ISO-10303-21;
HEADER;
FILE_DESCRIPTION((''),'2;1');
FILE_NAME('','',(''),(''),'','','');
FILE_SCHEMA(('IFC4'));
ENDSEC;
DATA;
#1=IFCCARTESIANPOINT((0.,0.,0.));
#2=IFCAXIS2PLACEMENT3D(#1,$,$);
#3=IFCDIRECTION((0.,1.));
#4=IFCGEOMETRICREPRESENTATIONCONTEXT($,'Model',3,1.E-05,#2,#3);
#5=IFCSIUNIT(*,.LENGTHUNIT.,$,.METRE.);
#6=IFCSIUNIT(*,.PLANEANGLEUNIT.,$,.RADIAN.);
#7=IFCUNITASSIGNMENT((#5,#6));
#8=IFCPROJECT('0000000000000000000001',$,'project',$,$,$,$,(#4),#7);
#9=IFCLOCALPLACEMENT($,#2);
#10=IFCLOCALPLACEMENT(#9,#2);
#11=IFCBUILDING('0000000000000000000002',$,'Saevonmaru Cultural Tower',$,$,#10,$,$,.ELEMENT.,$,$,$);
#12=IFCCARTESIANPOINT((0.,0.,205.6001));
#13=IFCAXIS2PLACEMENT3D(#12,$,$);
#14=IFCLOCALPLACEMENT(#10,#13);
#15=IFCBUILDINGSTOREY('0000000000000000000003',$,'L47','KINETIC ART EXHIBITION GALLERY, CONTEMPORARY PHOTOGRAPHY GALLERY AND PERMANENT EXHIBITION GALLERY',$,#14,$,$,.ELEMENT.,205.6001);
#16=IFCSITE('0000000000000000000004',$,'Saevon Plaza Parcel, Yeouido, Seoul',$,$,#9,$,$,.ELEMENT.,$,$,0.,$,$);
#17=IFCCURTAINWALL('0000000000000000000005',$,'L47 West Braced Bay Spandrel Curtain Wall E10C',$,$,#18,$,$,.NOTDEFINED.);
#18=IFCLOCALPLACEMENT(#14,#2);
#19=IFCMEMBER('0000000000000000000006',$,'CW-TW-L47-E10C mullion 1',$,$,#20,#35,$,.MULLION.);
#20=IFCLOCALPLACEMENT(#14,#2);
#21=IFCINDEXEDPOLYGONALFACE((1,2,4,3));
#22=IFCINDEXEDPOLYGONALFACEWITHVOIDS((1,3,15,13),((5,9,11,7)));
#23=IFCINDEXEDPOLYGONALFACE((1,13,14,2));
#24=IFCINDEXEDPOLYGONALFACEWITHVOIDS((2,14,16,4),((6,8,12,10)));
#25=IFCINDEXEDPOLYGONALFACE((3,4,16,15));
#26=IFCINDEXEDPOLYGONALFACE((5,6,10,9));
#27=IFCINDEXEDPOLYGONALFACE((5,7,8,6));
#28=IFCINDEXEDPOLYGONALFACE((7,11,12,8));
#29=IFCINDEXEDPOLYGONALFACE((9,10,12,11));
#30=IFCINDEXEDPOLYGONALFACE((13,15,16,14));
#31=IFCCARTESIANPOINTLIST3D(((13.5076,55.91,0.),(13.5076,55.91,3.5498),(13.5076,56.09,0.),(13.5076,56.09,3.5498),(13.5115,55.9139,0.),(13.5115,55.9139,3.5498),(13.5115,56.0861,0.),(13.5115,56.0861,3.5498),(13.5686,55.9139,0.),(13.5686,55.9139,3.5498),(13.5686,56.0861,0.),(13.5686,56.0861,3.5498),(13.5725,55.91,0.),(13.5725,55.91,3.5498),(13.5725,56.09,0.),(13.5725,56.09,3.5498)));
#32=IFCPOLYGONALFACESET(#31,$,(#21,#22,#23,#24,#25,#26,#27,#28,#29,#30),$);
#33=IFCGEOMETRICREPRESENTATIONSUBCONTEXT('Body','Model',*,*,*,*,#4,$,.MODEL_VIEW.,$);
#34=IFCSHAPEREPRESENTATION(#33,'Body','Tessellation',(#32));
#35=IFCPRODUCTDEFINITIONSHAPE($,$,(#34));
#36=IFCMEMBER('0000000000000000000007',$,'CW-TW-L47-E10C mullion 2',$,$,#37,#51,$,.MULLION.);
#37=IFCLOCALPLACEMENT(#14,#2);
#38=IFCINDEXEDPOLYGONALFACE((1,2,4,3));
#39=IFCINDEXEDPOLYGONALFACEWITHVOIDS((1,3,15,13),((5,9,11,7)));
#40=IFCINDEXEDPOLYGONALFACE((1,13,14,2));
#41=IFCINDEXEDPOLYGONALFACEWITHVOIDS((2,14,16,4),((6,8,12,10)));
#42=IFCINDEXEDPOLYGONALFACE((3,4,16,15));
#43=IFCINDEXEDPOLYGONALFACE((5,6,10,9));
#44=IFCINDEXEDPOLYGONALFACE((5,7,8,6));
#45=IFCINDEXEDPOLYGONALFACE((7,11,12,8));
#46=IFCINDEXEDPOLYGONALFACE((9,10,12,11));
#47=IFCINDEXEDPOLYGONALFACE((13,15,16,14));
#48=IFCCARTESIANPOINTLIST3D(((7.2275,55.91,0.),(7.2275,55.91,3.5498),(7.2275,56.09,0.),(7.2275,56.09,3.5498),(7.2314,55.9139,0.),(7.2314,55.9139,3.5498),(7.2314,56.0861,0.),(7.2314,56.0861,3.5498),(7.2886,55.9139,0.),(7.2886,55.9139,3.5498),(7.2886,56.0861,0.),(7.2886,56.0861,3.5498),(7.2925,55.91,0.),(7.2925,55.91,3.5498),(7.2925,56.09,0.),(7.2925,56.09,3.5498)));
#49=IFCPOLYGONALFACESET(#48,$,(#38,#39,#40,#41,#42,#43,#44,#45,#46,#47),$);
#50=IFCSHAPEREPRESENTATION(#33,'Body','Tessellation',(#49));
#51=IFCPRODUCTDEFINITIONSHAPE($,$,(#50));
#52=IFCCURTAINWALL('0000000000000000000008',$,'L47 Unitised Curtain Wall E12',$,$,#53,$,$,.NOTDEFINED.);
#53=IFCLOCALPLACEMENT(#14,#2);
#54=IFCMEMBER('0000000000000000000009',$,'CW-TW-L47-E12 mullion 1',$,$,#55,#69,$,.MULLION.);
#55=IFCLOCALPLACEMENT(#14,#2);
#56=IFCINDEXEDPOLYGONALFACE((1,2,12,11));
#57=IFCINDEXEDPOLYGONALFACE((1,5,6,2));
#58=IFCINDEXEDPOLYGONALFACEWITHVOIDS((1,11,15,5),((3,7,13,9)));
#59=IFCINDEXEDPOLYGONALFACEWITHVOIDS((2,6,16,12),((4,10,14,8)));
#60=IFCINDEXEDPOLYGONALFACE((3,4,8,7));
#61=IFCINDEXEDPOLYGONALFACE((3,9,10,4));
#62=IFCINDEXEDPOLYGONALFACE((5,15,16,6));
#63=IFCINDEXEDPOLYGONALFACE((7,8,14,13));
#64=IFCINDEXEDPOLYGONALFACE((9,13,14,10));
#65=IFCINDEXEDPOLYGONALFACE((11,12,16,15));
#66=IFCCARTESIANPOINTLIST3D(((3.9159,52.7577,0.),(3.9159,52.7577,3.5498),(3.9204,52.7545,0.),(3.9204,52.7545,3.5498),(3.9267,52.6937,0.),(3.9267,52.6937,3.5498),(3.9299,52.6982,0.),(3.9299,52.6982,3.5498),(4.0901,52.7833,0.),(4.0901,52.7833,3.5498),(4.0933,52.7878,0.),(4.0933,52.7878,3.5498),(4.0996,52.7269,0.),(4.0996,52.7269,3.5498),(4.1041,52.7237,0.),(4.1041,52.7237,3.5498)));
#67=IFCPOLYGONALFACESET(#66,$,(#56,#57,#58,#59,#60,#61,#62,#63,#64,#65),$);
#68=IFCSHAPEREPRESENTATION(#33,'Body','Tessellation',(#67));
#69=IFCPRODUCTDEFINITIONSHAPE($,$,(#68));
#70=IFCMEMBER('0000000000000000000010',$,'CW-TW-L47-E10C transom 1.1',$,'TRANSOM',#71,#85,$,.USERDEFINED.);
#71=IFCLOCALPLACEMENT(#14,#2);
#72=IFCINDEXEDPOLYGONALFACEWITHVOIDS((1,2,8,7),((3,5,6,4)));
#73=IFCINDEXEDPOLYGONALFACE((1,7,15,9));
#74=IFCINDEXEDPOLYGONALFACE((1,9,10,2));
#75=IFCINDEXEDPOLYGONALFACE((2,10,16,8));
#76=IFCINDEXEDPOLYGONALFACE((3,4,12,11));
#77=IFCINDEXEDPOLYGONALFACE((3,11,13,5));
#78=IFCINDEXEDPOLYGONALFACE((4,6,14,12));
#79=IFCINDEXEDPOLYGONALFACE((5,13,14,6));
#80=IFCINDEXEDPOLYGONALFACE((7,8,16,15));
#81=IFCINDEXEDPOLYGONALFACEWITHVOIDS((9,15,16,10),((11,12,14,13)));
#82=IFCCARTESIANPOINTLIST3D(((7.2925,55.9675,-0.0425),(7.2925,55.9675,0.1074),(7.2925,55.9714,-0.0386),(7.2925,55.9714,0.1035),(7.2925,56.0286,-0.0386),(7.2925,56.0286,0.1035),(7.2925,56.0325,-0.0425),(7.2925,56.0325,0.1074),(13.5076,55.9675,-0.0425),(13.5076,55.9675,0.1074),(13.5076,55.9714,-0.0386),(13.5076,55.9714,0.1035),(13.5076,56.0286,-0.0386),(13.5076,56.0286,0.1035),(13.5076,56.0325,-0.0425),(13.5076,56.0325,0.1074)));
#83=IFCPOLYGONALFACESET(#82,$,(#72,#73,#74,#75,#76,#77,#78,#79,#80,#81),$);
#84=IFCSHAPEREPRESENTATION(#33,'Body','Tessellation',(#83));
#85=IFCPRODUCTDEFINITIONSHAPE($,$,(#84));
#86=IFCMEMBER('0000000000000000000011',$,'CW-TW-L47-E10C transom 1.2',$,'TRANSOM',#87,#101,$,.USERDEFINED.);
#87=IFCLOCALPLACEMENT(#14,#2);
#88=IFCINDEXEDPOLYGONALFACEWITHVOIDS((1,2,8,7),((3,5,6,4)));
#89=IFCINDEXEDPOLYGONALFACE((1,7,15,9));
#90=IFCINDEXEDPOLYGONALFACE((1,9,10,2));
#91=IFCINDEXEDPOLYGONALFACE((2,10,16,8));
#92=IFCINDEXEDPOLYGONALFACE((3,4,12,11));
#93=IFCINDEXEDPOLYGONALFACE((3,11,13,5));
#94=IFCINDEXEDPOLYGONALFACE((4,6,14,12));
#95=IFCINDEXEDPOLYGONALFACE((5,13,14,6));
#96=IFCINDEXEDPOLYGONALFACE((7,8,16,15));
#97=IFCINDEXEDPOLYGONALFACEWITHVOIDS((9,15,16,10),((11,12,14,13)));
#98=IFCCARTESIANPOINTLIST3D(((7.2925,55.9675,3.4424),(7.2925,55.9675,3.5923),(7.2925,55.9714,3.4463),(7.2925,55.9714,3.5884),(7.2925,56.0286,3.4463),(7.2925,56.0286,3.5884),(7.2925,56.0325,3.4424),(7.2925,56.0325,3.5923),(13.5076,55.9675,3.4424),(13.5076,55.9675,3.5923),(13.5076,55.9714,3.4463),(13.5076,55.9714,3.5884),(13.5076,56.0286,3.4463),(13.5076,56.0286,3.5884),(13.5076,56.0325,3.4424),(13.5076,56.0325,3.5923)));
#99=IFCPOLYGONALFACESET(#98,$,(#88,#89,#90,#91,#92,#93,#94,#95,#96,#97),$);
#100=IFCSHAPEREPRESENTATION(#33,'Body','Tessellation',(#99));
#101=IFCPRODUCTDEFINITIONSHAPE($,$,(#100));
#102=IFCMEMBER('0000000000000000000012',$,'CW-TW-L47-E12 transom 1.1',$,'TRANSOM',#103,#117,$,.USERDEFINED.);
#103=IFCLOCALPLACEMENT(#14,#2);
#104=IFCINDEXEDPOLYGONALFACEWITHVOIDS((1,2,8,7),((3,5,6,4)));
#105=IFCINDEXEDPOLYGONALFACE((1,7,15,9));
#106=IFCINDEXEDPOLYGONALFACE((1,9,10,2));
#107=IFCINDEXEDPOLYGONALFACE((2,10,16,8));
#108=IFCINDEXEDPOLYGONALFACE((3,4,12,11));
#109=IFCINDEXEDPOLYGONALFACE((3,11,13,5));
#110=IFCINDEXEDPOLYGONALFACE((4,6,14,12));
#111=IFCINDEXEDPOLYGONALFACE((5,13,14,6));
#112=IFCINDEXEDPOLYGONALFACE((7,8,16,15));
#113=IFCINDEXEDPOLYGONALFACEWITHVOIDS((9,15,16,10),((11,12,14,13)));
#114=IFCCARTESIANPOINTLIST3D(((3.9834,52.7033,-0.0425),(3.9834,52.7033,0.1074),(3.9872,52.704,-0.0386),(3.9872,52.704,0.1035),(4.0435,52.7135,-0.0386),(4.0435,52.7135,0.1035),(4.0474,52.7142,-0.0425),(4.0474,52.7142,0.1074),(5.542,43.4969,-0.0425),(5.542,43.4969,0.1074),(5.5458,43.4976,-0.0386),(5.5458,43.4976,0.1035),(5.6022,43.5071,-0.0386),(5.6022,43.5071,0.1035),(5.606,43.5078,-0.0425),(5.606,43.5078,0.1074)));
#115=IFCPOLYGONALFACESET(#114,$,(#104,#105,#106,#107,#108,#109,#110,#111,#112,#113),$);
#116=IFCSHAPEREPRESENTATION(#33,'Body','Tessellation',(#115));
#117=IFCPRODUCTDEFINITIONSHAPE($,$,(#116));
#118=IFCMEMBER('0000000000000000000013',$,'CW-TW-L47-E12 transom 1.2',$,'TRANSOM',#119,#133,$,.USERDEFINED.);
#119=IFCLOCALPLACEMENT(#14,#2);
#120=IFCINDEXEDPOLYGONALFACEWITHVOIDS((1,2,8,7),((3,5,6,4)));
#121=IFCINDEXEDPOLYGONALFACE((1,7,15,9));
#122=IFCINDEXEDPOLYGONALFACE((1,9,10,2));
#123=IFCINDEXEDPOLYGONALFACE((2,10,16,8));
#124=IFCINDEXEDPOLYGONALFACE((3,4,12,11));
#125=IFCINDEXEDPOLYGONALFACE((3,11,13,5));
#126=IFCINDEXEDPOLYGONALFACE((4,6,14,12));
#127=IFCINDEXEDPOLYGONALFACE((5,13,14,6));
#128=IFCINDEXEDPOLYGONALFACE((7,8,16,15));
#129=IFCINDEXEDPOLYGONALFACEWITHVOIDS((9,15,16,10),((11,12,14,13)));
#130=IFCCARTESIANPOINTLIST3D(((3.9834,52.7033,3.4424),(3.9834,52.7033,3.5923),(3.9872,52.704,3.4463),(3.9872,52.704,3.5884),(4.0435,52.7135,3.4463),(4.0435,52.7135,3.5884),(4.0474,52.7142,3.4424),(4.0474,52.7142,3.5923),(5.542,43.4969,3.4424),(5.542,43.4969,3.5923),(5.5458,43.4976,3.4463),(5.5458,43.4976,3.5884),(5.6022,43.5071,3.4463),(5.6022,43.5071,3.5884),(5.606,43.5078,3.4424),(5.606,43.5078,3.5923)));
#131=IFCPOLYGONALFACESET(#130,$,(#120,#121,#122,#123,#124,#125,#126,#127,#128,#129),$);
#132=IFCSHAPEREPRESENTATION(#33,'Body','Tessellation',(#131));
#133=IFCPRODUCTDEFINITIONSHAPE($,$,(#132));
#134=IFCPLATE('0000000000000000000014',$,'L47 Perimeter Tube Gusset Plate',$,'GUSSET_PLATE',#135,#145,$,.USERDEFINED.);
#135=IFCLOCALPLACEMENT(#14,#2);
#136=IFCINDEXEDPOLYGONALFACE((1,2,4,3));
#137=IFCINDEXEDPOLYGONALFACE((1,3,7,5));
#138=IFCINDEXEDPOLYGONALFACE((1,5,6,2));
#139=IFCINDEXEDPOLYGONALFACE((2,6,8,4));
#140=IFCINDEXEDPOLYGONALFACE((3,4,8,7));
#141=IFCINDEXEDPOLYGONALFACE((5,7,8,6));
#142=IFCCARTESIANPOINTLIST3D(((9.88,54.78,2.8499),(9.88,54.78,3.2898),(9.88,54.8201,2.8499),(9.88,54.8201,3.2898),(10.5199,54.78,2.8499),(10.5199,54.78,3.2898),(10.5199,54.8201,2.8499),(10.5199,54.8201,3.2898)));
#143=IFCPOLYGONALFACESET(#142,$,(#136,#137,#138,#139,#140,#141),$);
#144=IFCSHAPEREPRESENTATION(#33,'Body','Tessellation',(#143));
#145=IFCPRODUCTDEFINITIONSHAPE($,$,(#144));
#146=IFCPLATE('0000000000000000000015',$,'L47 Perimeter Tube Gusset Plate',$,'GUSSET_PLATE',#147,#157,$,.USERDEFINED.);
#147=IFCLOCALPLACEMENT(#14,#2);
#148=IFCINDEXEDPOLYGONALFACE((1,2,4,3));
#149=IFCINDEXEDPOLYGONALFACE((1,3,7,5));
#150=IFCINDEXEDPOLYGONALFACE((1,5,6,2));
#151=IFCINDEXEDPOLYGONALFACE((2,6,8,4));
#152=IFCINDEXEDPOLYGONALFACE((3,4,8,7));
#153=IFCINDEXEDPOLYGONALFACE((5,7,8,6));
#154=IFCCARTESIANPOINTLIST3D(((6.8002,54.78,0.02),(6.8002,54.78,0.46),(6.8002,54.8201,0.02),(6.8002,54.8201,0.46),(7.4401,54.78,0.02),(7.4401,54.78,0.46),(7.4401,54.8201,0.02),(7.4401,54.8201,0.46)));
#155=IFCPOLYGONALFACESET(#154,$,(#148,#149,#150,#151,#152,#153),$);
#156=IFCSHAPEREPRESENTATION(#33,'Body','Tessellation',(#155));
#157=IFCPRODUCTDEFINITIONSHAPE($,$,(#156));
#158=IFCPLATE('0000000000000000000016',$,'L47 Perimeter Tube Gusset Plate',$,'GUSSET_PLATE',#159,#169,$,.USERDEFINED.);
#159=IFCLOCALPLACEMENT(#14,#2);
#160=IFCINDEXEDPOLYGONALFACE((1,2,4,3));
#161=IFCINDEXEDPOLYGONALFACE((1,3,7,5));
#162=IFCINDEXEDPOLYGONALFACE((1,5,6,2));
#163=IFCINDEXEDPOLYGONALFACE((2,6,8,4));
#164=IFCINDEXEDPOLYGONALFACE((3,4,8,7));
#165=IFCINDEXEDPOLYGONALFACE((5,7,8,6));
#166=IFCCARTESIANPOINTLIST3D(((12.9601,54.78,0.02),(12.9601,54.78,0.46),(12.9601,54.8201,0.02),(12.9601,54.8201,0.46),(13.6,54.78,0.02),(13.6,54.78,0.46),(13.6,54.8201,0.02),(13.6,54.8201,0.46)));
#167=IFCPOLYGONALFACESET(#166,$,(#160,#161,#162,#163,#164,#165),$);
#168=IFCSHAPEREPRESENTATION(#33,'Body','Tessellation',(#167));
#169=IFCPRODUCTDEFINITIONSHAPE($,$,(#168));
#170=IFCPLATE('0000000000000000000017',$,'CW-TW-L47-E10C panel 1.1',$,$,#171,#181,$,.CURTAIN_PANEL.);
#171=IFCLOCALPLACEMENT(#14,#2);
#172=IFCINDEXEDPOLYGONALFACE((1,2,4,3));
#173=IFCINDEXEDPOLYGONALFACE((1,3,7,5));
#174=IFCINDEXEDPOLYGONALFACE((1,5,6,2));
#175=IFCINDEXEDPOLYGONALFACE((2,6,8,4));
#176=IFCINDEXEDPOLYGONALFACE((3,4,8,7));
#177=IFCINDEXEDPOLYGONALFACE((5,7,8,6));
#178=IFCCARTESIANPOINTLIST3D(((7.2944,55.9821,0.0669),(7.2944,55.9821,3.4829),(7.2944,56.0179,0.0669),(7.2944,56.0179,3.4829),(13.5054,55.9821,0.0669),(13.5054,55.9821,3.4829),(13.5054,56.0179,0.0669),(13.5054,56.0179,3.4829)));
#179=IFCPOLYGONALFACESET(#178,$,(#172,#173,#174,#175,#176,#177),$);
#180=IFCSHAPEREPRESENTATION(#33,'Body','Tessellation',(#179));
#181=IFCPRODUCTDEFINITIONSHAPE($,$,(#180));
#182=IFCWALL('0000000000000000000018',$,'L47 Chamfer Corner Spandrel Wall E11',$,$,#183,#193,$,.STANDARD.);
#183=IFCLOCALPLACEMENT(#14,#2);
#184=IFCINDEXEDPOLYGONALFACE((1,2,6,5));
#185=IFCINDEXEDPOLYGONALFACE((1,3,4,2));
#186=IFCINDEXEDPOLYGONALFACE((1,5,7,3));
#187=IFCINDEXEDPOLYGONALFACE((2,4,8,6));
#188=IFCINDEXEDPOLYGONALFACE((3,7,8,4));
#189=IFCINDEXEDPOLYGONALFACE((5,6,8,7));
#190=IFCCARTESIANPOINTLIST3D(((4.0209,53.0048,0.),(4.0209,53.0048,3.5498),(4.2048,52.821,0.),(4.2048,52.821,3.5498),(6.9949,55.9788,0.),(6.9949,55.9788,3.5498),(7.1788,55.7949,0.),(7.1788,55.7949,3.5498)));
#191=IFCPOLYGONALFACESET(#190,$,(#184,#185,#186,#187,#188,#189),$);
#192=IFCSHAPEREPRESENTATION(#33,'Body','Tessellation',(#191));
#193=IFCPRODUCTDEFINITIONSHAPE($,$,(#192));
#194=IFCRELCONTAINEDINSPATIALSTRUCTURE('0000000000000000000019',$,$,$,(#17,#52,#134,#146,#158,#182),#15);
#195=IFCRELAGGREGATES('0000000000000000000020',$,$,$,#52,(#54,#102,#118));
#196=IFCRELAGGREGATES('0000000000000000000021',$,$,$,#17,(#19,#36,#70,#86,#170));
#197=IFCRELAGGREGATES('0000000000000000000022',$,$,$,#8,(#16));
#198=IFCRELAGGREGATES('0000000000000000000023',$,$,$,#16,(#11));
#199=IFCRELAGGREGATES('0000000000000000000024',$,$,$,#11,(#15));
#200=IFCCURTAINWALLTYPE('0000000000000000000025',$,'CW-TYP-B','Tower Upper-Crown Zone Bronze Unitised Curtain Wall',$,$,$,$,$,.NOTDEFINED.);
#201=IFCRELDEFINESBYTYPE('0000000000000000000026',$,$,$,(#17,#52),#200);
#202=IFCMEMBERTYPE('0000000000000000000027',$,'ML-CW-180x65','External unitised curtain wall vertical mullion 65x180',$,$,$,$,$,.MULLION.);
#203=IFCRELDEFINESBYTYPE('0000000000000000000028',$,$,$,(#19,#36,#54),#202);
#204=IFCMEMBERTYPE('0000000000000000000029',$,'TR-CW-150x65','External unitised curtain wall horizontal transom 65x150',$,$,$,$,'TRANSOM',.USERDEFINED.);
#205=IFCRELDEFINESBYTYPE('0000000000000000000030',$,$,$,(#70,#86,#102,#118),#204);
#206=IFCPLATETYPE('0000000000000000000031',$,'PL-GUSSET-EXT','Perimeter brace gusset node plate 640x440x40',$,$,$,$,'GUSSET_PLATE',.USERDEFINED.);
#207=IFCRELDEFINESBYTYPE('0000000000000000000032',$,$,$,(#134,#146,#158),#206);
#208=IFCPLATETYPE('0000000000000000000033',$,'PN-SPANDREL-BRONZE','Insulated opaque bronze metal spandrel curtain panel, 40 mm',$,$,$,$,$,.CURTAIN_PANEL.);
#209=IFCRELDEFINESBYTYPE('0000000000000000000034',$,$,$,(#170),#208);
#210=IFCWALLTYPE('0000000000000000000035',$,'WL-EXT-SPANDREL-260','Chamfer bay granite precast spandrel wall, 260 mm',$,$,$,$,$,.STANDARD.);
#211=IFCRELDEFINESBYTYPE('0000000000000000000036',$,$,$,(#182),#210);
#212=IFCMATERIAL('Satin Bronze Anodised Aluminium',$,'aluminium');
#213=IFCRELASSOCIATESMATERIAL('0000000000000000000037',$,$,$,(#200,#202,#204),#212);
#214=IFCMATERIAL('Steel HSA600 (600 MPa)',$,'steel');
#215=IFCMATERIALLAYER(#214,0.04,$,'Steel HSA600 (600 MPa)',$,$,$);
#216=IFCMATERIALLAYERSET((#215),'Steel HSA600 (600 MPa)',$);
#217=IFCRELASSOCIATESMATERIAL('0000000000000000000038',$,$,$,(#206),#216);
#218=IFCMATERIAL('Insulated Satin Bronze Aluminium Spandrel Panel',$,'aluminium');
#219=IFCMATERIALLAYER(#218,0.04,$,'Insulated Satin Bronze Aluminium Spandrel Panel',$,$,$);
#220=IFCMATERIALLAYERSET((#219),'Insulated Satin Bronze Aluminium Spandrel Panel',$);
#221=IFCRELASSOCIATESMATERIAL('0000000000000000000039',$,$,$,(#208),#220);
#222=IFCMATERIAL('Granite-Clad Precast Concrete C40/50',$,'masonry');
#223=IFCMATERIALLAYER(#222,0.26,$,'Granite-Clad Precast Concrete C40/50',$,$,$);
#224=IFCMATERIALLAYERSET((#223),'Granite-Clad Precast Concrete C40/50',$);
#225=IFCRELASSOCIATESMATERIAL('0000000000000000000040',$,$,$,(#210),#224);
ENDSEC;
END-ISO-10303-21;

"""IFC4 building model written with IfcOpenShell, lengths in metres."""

from ifc_helpers import new_model, si_unit, direction, frame, frame_2d, origin, origin_2d, place, context, subcontext, project, spatial, rectangle, hollow_rectangle, extrude, material, layer, layer_set, material_profile, profile_set, type_object, element, aggregate, save


model = new_model("IFC4")

# Units and contexts
model_context = context("Model", 3, precision=1e-05, world=origin(), true_north=direction((0.0, 1.0)))
body_context = subcontext(model_context, "Body", "Model", "MODEL_VIEW")
ifc_project = project(units=[si_unit("LENGTHUNIT", "METRE"), si_unit("PLANEANGLEUNIT", "RADIAN")], contexts=[model_context])

# Site, building, storey
site_placement = place(None, origin())
site = spatial("IfcSite", under=ifc_project, at=site_placement, Name="Saevon Plaza Parcel, Yeouido, Seoul", CompositionType="ELEMENT", RefElevation=0.0)
building_placement = place(site_placement, origin())
building = spatial("IfcBuilding", under=site, at=building_placement, Name="Saevonmaru Cultural Tower", CompositionType="ELEMENT")
storey_placement = place(building_placement, frame((0.0, 0.0, 205.6001)))
storey = spatial("IfcBuildingStorey", under=building, at=storey_placement, Name="L47", Description="KINETIC ART EXHIBITION GALLERY, CONTEMPORARY PHOTOGRAPHY GALLERY AND PERMANENT EXHIBITION GALLERY", CompositionType="ELEMENT", Elevation=205.6001)

# Curtain wall, members
ifc_material_1 = material(Name="Satin Bronze Anodised Aluminium", Category="aluminium")
curtain_wall_type = type_object("IfcCurtainWallType", Name="CW-TYP-B", Description="Tower Upper-Crown Zone Bronze Unitised Curtain Wall", PredefinedType="NOTDEFINED", material=ifc_material_1)
curtain_wall_1_placement = place(storey_placement, origin())
curtain_wall_1 = element("IfcCurtainWall", 1, at=curtain_wall_1_placement, inside=storey, type_object=curtain_wall_type, Name="L47 West Braced Bay Spandrel Curtain Wall E10C", PredefinedType="NOTDEFINED")
ifc_material_profile_1 = material_profile(ifc_material_1, hollow_rectangle(XDim=0.0649, YDim=0.1799, WallThickness=0.0039, at=origin_2d()), Name="ALU-MULL-180x65x4")
ifc_profile_set_1 = profile_set([ifc_material_profile_1], Name="Satin Bronze Anodised Aluminium")
member_type_1 = type_object("IfcMemberType", Name="ML-CW-180x65", Description="External unitised curtain wall vertical mullion 65x180", PredefinedType="MULLION", material=ifc_profile_set_1)
member_1_placement = place(storey_placement, frame((13.54, 56.0, 0.0), z_axis=(0.0, 0.0, 1.0), x_axis=(-1.0, 0.0, 0.0)))
member_1 = element("IfcMember", 2, at=member_1_placement, type_object=member_type_1, Name="CW-TW-L47-E10C mullion 1", PredefinedType="MULLION", context=body_context, shape_type="SweptSolid", body=[
    extrude(hollow_rectangle(XDim=0.0649, YDim=0.1799, WallThickness=0.0039, at=origin_2d()), origin(), (0.0, 0.0, 1.0), 3.5498),
])
member_2_placement = place(storey_placement, frame((7.26, 56.0, 0.0), z_axis=(0.0, 0.0, 1.0), x_axis=(-1.0, 0.0, 0.0)))
member_2 = element("IfcMember", 3, at=member_2_placement, type_object=member_type_1, Name="CW-TW-L47-E10C mullion 2", PredefinedType="MULLION", context=body_context, shape_type="SweptSolid", body=[
    extrude(hollow_rectangle(XDim=0.0649, YDim=0.1799, WallThickness=0.0039, at=origin_2d()), origin(), (0.0, 0.0, 1.0), 3.5498),
])

# Curtain wall, member
curtain_wall_2_placement = place(storey_placement, origin())
curtain_wall_2 = element("IfcCurtainWall", 4, at=curtain_wall_2_placement, inside=storey, type_object=curtain_wall_type, Name="L47 Unitised Curtain Wall E12", PredefinedType="NOTDEFINED")
member_3_placement = place(storey_placement, frame((4.01, 52.7407, 0.0), z_axis=(0.0, 0.0, 1.0), x_axis=(0.166922, -0.98597, 0.0)))
member_3 = element("IfcMember", 5, at=member_3_placement, type_object=member_type_1, Name="CW-TW-L47-E12 mullion 1", PredefinedType="MULLION", context=body_context, shape_type="SweptSolid", body=[
    extrude(hollow_rectangle(XDim=0.0649, YDim=0.1799, WallThickness=0.0039, at=origin_2d()), origin(), (0.0, 0.0, 1.0), 3.5498),
])

# Members
ifc_material_profile_2 = material_profile(ifc_material_1, hollow_rectangle(XDim=0.0649, YDim=0.1499, WallThickness=0.0039, at=origin_2d()), Name="ALU-TRAN-150x65x4")
ifc_profile_set_2 = profile_set([ifc_material_profile_2], Name="Satin Bronze Anodised Aluminium")
member_type_2 = type_object("IfcMemberType", Name="TR-CW-150x65", Description="External unitised curtain wall horizontal transom 65x150", ElementType="TRANSOM", PredefinedType="USERDEFINED", material=ifc_profile_set_2)
member_4_placement = place(storey_placement, frame((13.5076, 56.0, 0.0325), z_axis=(-1.0, 0.0, 0.0), x_axis=(0.0, -1.0, 0.0)))
member_4 = element("IfcMember", 6, at=member_4_placement, type_object=member_type_2, Name="CW-TW-L47-E10C transom 1.1", ObjectType="TRANSOM", PredefinedType="USERDEFINED", context=body_context, shape_type="SweptSolid", body=[
    extrude(hollow_rectangle(XDim=0.0649, YDim=0.1499, WallThickness=0.0039, at=origin_2d()), origin(), (0.0, 0.0, 1.0), 6.2151),
])
member_5_placement = place(storey_placement, frame((13.5076, 56.0, 3.5173), z_axis=(-1.0, 0.0, 0.0), x_axis=(0.0, -1.0, 0.0)))
member_5 = element("IfcMember", 7, at=member_5_placement, type_object=member_type_2, Name="CW-TW-L47-E10C transom 1.2", ObjectType="TRANSOM", PredefinedType="USERDEFINED", context=body_context, shape_type="SweptSolid", body=[
    extrude(hollow_rectangle(XDim=0.0649, YDim=0.1499, WallThickness=0.0039, at=origin_2d()), origin(), (0.0, 0.0, 1.0), 6.2151),
])
member_6_placement = place(storey_placement, frame((4.0154, 52.7087, 0.0325), z_axis=(0.166921, -0.98597, 0.0), x_axis=(0.98597, 0.166921, 0.0)))
member_6 = element("IfcMember", 8, at=member_6_placement, type_object=member_type_2, Name="CW-TW-L47-E12 transom 1.1", ObjectType="TRANSOM", PredefinedType="USERDEFINED", context=body_context, shape_type="SweptSolid", body=[
    extrude(hollow_rectangle(XDim=0.0649, YDim=0.1499, WallThickness=0.0039, at=origin_2d()), origin(), (0.0, 0.0, 1.0), 9.3374),
])
member_7_placement = place(storey_placement, frame((4.0154, 52.7087, 3.5173), z_axis=(0.166921, -0.98597, 0.0), x_axis=(0.98597, 0.166921, 0.0)))
member_7 = element("IfcMember", 9, at=member_7_placement, type_object=member_type_2, Name="CW-TW-L47-E12 transom 1.2", ObjectType="TRANSOM", PredefinedType="USERDEFINED", context=body_context, shape_type="SweptSolid", body=[
    extrude(hollow_rectangle(XDim=0.0649, YDim=0.1499, WallThickness=0.0039, at=origin_2d()), origin(), (0.0, 0.0, 1.0), 9.3374),
])
aggregate(curtain_wall_2, [member_3, member_6, member_7])

# Plates
ifc_material_2 = material(Name="Steel HSA600 (600 MPa)", Category="steel")
ifc_layer_1 = layer(ifc_material_2, 0.04, Name="Steel HSA600 (600 MPa)")
ifc_layer_set_1 = layer_set([ifc_layer_1], Name="Steel HSA600 (600 MPa)")
plate_type_1 = type_object("IfcPlateType", Name="PL-GUSSET-EXT", Description="Perimeter brace gusset node plate 640x440x40", ElementType="GUSSET_PLATE", PredefinedType="USERDEFINED", material=ifc_layer_set_1)
for number, where, z_axis, x_axis, name in (
    (10, (10.2, 54.8, 2.8499), (0.0, 0.0, 1.0), (1.0, 0.0, 0.0), "L47 Perimeter Tube Gusset Plate"),
    (11, (7.1201, 54.8, 0.02), (0.0, 0.0, 1.0), (1.0, 0.0, 0.0), "L47 Perimeter Tube Gusset Plate"),
    (12, (13.28, 54.8, 0.02), (0.0, 0.0, 1.0), (1.0, 0.0, 0.0), "L47 Perimeter Tube Gusset Plate"),
):
    element("IfcPlate", number, at=place(storey_placement, frame(where, z_axis=z_axis, x_axis=x_axis)), inside=storey, type_object=plate_type_1, Name=name, ObjectType="GUSSET_PLATE", PredefinedType="USERDEFINED", context=body_context, shape_type="SweptSolid", body=[
        extrude(rectangle(XDim=0.6399, YDim=0.04, at=origin_2d()), origin(), (0.0, 0.0, 1.0), 0.4399),
    ])

# Plate
ifc_material_3 = material(Name="Insulated Satin Bronze Aluminium Spandrel Panel", Category="aluminium")
ifc_layer_2 = layer(ifc_material_3, 0.04, Name="Insulated Satin Bronze Aluminium Spandrel Panel")
ifc_layer_set_2 = layer_set([ifc_layer_2], Name="Insulated Satin Bronze Aluminium Spandrel Panel")
plate_type_2 = type_object("IfcPlateType", Name="PN-SPANDREL-BRONZE", Description="Insulated opaque bronze metal spandrel curtain panel, 40 mm", PredefinedType="CURTAIN_PANEL", material=ifc_layer_set_2)
plate_placement = place(storey_placement, frame((10.3999, 56.0, 0.0669), z_axis=(0.0, 0.0, 1.0), x_axis=(-1.0, 0.0, 0.0)))
plate = element("IfcPlate", 13, at=plate_placement, type_object=plate_type_2, Name="CW-TW-L47-E10C panel 1.1", PredefinedType="CURTAIN_PANEL", context=body_context, shape_type="SweptSolid", body=[
    extrude(rectangle(XDim=6.2109, YDim=0.0359, at=origin_2d()), origin(), (0.0, 0.0, 1.0), 3.416),
])
aggregate(curtain_wall_1, [member_1, member_2, member_4, member_5, plate])

# Wall
ifc_material_4 = material(Name="Granite-Clad Precast Concrete C40/50", Category="masonry")
ifc_layer_3 = layer(ifc_material_4, 0.26, Name="Granite-Clad Precast Concrete C40/50")
ifc_layer_set_3 = layer_set([ifc_layer_3], Name="Granite-Clad Precast Concrete C40/50")
wall_type_1 = type_object("IfcWallType", Name="WL-EXT-SPANDREL-260", Description="Chamfer bay granite precast spandrel wall, 260 mm", PredefinedType="STANDARD", material=ifc_layer_set_3)
wall_1_placement = place(storey_placement, frame((7.0869, 55.887, 0.0), z_axis=(0.0, 0.0, 1.0), x_axis=(-0.707107, -0.707107, 0.0)))
element("IfcWall", 14, at=wall_1_placement, inside=storey, type_object=wall_type_1, Name="L47 Chamfer Corner Spandrel Wall E11", PredefinedType="STANDARD", context=body_context, shape_type="SweptSolid", body=[
    extrude(rectangle(XDim=4.2058, YDim=0.26, at=frame_2d((2.103, 0.0))), origin(), (0.0, 0.0, 1.0), 3.5498),
])

save(model, "model.ifc")
